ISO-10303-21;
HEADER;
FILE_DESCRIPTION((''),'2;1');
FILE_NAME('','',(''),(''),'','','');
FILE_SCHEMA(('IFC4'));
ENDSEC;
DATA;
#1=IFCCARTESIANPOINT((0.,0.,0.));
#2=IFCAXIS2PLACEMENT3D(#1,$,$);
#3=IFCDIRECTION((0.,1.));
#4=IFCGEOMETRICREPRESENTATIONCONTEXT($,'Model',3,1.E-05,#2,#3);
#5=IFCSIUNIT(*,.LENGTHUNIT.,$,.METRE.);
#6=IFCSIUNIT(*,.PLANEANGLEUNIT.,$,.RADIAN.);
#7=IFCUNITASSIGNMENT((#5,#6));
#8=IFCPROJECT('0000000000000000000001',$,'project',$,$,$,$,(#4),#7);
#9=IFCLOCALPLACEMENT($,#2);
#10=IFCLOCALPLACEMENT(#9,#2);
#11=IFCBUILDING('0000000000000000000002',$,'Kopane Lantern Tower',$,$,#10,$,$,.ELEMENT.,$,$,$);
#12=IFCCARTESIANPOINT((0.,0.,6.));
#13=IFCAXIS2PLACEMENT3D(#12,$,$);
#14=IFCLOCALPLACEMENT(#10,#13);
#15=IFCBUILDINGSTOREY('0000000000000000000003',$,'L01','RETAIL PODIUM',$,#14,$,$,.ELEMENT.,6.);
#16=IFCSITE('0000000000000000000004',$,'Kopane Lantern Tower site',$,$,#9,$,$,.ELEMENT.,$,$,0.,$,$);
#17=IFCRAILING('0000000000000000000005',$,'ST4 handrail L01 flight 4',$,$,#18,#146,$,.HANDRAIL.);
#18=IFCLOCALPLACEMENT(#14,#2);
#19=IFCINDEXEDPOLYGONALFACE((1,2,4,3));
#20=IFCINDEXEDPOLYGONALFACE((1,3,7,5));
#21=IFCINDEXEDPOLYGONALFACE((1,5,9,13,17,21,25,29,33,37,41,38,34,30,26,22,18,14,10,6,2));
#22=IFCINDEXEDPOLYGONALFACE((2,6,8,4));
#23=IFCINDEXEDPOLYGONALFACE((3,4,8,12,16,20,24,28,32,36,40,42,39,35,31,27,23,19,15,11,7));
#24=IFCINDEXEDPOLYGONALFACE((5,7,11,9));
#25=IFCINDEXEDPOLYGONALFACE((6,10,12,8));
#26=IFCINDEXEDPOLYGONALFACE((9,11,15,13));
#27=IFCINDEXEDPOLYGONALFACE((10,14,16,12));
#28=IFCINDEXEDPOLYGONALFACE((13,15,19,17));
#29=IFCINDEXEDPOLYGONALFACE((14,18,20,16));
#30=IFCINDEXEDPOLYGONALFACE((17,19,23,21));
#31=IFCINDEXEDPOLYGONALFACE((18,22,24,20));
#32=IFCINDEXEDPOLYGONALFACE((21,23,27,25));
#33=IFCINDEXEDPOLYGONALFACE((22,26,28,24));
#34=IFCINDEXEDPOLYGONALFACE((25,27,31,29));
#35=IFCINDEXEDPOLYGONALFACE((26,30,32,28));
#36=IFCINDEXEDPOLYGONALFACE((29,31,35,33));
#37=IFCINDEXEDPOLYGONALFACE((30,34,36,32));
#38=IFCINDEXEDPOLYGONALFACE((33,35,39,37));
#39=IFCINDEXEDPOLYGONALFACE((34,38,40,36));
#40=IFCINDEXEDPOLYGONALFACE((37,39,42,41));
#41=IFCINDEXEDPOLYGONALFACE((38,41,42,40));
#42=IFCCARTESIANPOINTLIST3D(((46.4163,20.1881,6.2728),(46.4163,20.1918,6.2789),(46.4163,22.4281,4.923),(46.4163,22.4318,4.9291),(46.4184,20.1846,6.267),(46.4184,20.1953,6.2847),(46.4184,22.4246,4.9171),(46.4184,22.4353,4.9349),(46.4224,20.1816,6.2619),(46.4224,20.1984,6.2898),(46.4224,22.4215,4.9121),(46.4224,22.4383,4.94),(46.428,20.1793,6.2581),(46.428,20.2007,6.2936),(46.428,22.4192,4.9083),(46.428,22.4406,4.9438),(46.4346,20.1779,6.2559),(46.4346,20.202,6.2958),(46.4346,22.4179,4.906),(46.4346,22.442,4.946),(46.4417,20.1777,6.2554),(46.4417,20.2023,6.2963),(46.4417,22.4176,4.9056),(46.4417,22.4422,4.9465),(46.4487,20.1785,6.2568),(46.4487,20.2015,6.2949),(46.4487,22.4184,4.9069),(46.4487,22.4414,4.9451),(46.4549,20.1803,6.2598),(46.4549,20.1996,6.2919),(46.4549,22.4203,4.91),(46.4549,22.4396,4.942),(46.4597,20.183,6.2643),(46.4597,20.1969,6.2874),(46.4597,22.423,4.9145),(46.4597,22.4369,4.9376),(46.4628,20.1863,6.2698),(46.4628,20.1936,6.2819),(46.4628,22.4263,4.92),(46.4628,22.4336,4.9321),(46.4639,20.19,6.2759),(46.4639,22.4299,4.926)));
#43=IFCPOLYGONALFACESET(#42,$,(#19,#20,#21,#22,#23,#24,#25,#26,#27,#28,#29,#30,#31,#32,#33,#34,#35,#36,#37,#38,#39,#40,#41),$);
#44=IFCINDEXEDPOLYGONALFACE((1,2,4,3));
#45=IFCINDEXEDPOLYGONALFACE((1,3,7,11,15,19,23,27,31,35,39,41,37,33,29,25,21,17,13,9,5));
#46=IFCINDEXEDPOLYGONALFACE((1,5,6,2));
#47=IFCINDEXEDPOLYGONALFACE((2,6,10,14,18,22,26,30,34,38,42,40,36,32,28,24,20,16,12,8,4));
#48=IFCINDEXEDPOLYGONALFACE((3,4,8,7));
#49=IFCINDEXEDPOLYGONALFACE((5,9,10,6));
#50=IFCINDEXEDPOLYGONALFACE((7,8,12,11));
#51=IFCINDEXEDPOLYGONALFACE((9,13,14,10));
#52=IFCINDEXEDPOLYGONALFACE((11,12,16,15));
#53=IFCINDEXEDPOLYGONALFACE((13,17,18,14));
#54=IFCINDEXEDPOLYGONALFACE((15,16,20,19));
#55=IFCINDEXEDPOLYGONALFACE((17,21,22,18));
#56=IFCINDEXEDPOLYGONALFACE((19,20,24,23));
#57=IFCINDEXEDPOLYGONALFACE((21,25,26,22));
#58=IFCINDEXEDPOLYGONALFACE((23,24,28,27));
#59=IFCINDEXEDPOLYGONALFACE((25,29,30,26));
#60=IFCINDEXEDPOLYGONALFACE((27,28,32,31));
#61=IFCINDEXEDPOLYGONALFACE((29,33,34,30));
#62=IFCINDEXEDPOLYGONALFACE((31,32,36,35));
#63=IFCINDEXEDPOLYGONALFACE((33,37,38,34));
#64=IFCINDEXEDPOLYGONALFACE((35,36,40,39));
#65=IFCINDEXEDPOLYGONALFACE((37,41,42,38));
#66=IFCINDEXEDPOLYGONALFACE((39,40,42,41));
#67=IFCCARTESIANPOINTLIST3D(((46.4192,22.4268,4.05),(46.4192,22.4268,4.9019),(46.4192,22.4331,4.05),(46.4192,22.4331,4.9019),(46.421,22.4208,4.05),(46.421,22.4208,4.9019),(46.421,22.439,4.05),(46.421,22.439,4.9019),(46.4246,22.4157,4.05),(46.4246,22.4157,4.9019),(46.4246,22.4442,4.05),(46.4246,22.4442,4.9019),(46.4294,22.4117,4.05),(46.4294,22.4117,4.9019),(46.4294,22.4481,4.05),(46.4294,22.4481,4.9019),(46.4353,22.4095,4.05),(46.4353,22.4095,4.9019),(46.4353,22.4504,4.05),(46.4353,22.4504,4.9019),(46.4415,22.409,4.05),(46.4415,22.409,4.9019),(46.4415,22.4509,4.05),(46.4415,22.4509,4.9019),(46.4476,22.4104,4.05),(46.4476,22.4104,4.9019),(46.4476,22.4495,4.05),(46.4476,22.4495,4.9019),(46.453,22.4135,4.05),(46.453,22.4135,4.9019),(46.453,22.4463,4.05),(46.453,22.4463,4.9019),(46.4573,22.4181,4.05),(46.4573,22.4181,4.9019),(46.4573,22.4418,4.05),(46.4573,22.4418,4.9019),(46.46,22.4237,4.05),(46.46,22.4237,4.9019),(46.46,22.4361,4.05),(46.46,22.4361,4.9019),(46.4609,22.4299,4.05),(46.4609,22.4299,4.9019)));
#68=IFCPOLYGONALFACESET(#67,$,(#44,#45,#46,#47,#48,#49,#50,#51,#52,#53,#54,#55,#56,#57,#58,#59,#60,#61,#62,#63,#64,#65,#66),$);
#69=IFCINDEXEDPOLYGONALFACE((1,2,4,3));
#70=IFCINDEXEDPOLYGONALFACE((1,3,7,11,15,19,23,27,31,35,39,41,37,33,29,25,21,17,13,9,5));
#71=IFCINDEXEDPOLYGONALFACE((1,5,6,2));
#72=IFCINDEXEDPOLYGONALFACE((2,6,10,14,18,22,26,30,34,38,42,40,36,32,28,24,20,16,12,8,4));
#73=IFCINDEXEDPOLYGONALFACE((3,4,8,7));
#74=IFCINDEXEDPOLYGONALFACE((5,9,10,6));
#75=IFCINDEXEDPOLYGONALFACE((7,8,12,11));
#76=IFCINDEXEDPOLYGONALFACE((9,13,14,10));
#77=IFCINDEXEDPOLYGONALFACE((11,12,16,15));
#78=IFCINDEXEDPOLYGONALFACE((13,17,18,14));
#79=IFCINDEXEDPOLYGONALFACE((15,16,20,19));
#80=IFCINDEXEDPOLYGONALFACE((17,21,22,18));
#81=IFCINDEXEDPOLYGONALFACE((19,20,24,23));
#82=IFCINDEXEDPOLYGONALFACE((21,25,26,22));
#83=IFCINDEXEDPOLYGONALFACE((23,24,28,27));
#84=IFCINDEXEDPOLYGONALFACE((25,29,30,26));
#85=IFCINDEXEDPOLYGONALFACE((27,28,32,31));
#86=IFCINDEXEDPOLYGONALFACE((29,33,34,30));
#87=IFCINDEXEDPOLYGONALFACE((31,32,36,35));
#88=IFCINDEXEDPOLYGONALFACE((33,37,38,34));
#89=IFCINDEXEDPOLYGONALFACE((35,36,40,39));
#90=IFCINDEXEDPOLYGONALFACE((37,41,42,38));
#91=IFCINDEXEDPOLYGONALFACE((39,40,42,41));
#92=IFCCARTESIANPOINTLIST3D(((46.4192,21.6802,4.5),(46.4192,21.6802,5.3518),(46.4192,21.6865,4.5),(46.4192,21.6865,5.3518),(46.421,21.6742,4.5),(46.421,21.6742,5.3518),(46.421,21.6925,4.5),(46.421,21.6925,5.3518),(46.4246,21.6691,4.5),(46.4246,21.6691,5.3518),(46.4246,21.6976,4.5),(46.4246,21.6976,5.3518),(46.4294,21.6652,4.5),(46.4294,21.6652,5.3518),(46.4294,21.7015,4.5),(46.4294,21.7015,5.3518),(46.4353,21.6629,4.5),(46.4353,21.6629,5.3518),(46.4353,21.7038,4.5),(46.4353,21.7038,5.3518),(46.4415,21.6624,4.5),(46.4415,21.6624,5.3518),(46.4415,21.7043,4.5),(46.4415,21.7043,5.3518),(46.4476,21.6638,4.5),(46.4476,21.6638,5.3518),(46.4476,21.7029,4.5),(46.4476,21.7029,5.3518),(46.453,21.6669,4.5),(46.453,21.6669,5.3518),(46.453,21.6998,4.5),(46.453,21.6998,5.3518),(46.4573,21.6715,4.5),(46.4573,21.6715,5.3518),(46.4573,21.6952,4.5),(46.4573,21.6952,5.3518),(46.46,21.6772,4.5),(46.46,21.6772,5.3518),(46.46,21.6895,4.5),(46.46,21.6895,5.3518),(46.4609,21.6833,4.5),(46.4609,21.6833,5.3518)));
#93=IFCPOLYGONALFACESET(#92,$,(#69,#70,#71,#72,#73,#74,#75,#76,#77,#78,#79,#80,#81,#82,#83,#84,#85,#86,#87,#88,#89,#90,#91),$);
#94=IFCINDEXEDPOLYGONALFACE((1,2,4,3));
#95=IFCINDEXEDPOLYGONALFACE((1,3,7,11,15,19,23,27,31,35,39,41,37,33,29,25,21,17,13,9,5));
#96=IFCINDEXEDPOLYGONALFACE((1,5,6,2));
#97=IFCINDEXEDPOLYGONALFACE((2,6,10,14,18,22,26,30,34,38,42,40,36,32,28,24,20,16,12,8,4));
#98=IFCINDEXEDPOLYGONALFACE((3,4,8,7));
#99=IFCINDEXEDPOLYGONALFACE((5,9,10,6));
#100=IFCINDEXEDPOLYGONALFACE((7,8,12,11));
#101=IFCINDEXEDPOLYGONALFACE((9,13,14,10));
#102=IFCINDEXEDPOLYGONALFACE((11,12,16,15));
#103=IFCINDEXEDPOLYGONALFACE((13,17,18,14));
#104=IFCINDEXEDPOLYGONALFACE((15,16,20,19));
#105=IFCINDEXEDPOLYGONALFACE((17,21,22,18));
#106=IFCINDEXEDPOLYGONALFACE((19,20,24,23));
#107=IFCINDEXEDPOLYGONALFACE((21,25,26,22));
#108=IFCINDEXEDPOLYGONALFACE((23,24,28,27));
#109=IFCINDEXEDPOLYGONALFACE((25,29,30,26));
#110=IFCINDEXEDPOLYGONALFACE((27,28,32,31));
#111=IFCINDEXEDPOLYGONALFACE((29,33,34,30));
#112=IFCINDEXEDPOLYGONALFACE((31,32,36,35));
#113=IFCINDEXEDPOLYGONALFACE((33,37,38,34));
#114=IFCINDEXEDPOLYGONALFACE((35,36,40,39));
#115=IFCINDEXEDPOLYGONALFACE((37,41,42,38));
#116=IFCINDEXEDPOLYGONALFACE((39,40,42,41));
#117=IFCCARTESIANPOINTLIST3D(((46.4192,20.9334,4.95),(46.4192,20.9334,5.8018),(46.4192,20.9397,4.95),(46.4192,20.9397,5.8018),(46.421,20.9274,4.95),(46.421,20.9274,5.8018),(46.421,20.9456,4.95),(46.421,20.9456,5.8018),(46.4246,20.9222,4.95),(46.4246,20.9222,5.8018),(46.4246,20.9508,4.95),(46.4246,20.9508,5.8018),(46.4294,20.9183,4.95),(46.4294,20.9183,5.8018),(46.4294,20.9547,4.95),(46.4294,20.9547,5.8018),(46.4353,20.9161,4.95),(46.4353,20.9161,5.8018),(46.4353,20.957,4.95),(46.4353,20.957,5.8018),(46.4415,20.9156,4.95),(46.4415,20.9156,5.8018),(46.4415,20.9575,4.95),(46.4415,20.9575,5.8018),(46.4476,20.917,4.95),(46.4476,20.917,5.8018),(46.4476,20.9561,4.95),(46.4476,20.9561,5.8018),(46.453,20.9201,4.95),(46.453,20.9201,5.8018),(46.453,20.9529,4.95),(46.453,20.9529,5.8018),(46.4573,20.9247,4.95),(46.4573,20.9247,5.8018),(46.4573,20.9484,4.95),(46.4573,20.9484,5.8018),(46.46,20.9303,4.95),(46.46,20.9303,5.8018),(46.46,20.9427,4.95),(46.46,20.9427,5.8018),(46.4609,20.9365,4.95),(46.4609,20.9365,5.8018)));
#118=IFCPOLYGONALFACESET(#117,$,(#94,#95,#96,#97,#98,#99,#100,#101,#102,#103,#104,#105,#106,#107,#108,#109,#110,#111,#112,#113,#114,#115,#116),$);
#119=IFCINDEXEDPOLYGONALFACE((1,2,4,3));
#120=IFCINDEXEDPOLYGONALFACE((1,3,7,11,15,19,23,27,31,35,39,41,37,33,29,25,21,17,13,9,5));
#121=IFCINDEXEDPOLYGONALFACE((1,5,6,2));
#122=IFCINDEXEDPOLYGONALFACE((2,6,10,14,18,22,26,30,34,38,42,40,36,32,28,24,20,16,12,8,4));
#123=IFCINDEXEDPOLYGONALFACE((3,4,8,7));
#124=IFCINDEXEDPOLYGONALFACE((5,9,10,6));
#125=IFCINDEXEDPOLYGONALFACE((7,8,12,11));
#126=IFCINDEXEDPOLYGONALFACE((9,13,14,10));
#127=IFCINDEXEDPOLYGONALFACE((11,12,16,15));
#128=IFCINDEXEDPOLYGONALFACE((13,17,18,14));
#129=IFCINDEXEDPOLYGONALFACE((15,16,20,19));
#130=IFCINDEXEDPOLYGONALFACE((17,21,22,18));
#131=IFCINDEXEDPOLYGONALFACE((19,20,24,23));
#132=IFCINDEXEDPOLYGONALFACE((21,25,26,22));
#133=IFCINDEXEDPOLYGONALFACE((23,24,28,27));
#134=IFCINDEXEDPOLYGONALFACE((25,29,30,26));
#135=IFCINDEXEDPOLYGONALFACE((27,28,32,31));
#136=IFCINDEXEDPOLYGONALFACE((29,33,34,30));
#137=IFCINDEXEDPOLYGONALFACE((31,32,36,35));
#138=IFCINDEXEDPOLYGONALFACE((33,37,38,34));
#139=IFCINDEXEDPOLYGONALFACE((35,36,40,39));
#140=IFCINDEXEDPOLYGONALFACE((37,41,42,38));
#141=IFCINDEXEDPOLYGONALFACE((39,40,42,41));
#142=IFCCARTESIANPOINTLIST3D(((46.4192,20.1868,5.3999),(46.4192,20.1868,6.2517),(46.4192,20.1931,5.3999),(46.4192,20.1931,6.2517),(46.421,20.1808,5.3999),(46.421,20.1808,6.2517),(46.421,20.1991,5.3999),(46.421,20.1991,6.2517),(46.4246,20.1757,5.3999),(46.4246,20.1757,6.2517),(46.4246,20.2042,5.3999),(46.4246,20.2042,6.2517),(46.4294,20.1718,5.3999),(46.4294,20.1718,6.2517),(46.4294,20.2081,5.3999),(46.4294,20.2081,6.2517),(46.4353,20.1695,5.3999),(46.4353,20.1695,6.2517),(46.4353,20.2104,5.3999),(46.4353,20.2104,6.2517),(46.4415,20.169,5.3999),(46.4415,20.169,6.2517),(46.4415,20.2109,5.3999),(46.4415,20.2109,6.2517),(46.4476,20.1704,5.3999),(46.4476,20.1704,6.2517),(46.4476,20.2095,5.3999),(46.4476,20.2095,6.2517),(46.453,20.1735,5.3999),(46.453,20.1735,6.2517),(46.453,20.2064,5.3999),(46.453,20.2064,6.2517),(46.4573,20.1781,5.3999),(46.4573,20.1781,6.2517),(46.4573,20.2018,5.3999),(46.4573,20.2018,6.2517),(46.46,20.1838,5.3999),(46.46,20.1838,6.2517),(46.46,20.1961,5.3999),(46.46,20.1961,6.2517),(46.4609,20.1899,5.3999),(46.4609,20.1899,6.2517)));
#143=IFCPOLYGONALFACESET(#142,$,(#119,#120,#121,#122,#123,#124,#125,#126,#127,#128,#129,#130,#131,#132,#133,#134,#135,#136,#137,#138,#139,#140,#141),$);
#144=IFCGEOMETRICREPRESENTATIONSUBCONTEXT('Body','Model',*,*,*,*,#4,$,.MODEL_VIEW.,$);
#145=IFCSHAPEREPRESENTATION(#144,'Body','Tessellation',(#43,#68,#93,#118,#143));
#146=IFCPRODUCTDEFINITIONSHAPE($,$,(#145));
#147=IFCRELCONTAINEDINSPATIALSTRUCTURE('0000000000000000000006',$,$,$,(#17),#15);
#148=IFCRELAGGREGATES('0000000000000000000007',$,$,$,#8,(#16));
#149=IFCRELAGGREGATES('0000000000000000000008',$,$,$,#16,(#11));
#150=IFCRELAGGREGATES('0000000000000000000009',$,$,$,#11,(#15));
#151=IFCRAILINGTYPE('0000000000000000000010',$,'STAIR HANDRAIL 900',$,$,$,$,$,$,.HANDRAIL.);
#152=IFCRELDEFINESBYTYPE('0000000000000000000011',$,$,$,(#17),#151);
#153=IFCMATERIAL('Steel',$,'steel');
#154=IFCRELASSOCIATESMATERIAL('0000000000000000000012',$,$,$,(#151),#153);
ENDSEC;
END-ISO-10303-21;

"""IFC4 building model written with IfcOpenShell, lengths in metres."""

from ifc_helpers import new_model, si_unit, direction, frame, origin, origin_2d, place, context, subcontext, project, spatial, circle, extrude, material, type_object, element, save


model = new_model("IFC4")

# Units and contexts
model_context = context("Model", 3, precision=1e-05, world=origin(), true_north=direction((0.0, 1.0)))
body_context = subcontext(model_context, "Body", "Model", "MODEL_VIEW")
ifc_project = project(units=[si_unit("LENGTHUNIT", "METRE"), si_unit("PLANEANGLEUNIT", "RADIAN")], contexts=[model_context])

# Site, building, storey
site_placement = place(None, origin())
site = spatial("IfcSite", under=ifc_project, at=site_placement, Name="Kopane Lantern Tower site", CompositionType="ELEMENT", RefElevation=0.0)
building_placement = place(site_placement, origin())
building = spatial("IfcBuilding", under=site, at=building_placement, Name="Kopane Lantern Tower", CompositionType="ELEMENT")
storey_placement = place(building_placement, frame((0.0, 0.0, 6.0)))
storey = spatial("IfcBuildingStorey", under=building, at=storey_placement, Name="L01", Description="RETAIL PODIUM", CompositionType="ELEMENT", Elevation=6.0)

# Railing
ifc_material_1 = material(Name="Steel", Category="steel")
railing_type_1 = type_object("IfcRailingType", Name="STAIR HANDRAIL 900", PredefinedType="HANDRAIL", material=ifc_material_1)
for number, where, name in (
    (1, (46.4399, 22.4299, 4.05), "ST4 handrail L01 flight 4"),
):
    element("IfcRailing", number, at=place(storey_placement, frame(where)), inside=storey, type_object=railing_type_1, Name=name, PredefinedType="HANDRAIL", context=body_context, shape_type="SweptSolid", body=[
        extrude(circle(Radius=0.0239, at=origin_2d()), frame((0.0, 0.0, 0.876), z_axis=(0.0, -0.856503, 0.516142), x_axis=(1.0, 0.0, 0.0)), (0.0, 0.0, 1.0), 2.6152),
        extrude(circle(Radius=0.021, at=origin_2d()), origin(), (0.0, 0.0, 1.0), 0.8518),
        extrude(circle(Radius=0.021, at=origin_2d()), frame((0.0, -0.7466, 0.45)), (0.0, 0.0, 1.0), 0.8518),
        extrude(circle(Radius=0.021, at=origin_2d()), frame((0.0, -1.4934, 0.8999)), (0.0, 0.0, 1.0), 0.8518),
        extrude(circle(Radius=0.021, at=origin_2d()), frame((0.0, -2.24, 1.3499)), (0.0, 0.0, 1.0), 0.8518),
    ])

save(model, "model.ifc")
